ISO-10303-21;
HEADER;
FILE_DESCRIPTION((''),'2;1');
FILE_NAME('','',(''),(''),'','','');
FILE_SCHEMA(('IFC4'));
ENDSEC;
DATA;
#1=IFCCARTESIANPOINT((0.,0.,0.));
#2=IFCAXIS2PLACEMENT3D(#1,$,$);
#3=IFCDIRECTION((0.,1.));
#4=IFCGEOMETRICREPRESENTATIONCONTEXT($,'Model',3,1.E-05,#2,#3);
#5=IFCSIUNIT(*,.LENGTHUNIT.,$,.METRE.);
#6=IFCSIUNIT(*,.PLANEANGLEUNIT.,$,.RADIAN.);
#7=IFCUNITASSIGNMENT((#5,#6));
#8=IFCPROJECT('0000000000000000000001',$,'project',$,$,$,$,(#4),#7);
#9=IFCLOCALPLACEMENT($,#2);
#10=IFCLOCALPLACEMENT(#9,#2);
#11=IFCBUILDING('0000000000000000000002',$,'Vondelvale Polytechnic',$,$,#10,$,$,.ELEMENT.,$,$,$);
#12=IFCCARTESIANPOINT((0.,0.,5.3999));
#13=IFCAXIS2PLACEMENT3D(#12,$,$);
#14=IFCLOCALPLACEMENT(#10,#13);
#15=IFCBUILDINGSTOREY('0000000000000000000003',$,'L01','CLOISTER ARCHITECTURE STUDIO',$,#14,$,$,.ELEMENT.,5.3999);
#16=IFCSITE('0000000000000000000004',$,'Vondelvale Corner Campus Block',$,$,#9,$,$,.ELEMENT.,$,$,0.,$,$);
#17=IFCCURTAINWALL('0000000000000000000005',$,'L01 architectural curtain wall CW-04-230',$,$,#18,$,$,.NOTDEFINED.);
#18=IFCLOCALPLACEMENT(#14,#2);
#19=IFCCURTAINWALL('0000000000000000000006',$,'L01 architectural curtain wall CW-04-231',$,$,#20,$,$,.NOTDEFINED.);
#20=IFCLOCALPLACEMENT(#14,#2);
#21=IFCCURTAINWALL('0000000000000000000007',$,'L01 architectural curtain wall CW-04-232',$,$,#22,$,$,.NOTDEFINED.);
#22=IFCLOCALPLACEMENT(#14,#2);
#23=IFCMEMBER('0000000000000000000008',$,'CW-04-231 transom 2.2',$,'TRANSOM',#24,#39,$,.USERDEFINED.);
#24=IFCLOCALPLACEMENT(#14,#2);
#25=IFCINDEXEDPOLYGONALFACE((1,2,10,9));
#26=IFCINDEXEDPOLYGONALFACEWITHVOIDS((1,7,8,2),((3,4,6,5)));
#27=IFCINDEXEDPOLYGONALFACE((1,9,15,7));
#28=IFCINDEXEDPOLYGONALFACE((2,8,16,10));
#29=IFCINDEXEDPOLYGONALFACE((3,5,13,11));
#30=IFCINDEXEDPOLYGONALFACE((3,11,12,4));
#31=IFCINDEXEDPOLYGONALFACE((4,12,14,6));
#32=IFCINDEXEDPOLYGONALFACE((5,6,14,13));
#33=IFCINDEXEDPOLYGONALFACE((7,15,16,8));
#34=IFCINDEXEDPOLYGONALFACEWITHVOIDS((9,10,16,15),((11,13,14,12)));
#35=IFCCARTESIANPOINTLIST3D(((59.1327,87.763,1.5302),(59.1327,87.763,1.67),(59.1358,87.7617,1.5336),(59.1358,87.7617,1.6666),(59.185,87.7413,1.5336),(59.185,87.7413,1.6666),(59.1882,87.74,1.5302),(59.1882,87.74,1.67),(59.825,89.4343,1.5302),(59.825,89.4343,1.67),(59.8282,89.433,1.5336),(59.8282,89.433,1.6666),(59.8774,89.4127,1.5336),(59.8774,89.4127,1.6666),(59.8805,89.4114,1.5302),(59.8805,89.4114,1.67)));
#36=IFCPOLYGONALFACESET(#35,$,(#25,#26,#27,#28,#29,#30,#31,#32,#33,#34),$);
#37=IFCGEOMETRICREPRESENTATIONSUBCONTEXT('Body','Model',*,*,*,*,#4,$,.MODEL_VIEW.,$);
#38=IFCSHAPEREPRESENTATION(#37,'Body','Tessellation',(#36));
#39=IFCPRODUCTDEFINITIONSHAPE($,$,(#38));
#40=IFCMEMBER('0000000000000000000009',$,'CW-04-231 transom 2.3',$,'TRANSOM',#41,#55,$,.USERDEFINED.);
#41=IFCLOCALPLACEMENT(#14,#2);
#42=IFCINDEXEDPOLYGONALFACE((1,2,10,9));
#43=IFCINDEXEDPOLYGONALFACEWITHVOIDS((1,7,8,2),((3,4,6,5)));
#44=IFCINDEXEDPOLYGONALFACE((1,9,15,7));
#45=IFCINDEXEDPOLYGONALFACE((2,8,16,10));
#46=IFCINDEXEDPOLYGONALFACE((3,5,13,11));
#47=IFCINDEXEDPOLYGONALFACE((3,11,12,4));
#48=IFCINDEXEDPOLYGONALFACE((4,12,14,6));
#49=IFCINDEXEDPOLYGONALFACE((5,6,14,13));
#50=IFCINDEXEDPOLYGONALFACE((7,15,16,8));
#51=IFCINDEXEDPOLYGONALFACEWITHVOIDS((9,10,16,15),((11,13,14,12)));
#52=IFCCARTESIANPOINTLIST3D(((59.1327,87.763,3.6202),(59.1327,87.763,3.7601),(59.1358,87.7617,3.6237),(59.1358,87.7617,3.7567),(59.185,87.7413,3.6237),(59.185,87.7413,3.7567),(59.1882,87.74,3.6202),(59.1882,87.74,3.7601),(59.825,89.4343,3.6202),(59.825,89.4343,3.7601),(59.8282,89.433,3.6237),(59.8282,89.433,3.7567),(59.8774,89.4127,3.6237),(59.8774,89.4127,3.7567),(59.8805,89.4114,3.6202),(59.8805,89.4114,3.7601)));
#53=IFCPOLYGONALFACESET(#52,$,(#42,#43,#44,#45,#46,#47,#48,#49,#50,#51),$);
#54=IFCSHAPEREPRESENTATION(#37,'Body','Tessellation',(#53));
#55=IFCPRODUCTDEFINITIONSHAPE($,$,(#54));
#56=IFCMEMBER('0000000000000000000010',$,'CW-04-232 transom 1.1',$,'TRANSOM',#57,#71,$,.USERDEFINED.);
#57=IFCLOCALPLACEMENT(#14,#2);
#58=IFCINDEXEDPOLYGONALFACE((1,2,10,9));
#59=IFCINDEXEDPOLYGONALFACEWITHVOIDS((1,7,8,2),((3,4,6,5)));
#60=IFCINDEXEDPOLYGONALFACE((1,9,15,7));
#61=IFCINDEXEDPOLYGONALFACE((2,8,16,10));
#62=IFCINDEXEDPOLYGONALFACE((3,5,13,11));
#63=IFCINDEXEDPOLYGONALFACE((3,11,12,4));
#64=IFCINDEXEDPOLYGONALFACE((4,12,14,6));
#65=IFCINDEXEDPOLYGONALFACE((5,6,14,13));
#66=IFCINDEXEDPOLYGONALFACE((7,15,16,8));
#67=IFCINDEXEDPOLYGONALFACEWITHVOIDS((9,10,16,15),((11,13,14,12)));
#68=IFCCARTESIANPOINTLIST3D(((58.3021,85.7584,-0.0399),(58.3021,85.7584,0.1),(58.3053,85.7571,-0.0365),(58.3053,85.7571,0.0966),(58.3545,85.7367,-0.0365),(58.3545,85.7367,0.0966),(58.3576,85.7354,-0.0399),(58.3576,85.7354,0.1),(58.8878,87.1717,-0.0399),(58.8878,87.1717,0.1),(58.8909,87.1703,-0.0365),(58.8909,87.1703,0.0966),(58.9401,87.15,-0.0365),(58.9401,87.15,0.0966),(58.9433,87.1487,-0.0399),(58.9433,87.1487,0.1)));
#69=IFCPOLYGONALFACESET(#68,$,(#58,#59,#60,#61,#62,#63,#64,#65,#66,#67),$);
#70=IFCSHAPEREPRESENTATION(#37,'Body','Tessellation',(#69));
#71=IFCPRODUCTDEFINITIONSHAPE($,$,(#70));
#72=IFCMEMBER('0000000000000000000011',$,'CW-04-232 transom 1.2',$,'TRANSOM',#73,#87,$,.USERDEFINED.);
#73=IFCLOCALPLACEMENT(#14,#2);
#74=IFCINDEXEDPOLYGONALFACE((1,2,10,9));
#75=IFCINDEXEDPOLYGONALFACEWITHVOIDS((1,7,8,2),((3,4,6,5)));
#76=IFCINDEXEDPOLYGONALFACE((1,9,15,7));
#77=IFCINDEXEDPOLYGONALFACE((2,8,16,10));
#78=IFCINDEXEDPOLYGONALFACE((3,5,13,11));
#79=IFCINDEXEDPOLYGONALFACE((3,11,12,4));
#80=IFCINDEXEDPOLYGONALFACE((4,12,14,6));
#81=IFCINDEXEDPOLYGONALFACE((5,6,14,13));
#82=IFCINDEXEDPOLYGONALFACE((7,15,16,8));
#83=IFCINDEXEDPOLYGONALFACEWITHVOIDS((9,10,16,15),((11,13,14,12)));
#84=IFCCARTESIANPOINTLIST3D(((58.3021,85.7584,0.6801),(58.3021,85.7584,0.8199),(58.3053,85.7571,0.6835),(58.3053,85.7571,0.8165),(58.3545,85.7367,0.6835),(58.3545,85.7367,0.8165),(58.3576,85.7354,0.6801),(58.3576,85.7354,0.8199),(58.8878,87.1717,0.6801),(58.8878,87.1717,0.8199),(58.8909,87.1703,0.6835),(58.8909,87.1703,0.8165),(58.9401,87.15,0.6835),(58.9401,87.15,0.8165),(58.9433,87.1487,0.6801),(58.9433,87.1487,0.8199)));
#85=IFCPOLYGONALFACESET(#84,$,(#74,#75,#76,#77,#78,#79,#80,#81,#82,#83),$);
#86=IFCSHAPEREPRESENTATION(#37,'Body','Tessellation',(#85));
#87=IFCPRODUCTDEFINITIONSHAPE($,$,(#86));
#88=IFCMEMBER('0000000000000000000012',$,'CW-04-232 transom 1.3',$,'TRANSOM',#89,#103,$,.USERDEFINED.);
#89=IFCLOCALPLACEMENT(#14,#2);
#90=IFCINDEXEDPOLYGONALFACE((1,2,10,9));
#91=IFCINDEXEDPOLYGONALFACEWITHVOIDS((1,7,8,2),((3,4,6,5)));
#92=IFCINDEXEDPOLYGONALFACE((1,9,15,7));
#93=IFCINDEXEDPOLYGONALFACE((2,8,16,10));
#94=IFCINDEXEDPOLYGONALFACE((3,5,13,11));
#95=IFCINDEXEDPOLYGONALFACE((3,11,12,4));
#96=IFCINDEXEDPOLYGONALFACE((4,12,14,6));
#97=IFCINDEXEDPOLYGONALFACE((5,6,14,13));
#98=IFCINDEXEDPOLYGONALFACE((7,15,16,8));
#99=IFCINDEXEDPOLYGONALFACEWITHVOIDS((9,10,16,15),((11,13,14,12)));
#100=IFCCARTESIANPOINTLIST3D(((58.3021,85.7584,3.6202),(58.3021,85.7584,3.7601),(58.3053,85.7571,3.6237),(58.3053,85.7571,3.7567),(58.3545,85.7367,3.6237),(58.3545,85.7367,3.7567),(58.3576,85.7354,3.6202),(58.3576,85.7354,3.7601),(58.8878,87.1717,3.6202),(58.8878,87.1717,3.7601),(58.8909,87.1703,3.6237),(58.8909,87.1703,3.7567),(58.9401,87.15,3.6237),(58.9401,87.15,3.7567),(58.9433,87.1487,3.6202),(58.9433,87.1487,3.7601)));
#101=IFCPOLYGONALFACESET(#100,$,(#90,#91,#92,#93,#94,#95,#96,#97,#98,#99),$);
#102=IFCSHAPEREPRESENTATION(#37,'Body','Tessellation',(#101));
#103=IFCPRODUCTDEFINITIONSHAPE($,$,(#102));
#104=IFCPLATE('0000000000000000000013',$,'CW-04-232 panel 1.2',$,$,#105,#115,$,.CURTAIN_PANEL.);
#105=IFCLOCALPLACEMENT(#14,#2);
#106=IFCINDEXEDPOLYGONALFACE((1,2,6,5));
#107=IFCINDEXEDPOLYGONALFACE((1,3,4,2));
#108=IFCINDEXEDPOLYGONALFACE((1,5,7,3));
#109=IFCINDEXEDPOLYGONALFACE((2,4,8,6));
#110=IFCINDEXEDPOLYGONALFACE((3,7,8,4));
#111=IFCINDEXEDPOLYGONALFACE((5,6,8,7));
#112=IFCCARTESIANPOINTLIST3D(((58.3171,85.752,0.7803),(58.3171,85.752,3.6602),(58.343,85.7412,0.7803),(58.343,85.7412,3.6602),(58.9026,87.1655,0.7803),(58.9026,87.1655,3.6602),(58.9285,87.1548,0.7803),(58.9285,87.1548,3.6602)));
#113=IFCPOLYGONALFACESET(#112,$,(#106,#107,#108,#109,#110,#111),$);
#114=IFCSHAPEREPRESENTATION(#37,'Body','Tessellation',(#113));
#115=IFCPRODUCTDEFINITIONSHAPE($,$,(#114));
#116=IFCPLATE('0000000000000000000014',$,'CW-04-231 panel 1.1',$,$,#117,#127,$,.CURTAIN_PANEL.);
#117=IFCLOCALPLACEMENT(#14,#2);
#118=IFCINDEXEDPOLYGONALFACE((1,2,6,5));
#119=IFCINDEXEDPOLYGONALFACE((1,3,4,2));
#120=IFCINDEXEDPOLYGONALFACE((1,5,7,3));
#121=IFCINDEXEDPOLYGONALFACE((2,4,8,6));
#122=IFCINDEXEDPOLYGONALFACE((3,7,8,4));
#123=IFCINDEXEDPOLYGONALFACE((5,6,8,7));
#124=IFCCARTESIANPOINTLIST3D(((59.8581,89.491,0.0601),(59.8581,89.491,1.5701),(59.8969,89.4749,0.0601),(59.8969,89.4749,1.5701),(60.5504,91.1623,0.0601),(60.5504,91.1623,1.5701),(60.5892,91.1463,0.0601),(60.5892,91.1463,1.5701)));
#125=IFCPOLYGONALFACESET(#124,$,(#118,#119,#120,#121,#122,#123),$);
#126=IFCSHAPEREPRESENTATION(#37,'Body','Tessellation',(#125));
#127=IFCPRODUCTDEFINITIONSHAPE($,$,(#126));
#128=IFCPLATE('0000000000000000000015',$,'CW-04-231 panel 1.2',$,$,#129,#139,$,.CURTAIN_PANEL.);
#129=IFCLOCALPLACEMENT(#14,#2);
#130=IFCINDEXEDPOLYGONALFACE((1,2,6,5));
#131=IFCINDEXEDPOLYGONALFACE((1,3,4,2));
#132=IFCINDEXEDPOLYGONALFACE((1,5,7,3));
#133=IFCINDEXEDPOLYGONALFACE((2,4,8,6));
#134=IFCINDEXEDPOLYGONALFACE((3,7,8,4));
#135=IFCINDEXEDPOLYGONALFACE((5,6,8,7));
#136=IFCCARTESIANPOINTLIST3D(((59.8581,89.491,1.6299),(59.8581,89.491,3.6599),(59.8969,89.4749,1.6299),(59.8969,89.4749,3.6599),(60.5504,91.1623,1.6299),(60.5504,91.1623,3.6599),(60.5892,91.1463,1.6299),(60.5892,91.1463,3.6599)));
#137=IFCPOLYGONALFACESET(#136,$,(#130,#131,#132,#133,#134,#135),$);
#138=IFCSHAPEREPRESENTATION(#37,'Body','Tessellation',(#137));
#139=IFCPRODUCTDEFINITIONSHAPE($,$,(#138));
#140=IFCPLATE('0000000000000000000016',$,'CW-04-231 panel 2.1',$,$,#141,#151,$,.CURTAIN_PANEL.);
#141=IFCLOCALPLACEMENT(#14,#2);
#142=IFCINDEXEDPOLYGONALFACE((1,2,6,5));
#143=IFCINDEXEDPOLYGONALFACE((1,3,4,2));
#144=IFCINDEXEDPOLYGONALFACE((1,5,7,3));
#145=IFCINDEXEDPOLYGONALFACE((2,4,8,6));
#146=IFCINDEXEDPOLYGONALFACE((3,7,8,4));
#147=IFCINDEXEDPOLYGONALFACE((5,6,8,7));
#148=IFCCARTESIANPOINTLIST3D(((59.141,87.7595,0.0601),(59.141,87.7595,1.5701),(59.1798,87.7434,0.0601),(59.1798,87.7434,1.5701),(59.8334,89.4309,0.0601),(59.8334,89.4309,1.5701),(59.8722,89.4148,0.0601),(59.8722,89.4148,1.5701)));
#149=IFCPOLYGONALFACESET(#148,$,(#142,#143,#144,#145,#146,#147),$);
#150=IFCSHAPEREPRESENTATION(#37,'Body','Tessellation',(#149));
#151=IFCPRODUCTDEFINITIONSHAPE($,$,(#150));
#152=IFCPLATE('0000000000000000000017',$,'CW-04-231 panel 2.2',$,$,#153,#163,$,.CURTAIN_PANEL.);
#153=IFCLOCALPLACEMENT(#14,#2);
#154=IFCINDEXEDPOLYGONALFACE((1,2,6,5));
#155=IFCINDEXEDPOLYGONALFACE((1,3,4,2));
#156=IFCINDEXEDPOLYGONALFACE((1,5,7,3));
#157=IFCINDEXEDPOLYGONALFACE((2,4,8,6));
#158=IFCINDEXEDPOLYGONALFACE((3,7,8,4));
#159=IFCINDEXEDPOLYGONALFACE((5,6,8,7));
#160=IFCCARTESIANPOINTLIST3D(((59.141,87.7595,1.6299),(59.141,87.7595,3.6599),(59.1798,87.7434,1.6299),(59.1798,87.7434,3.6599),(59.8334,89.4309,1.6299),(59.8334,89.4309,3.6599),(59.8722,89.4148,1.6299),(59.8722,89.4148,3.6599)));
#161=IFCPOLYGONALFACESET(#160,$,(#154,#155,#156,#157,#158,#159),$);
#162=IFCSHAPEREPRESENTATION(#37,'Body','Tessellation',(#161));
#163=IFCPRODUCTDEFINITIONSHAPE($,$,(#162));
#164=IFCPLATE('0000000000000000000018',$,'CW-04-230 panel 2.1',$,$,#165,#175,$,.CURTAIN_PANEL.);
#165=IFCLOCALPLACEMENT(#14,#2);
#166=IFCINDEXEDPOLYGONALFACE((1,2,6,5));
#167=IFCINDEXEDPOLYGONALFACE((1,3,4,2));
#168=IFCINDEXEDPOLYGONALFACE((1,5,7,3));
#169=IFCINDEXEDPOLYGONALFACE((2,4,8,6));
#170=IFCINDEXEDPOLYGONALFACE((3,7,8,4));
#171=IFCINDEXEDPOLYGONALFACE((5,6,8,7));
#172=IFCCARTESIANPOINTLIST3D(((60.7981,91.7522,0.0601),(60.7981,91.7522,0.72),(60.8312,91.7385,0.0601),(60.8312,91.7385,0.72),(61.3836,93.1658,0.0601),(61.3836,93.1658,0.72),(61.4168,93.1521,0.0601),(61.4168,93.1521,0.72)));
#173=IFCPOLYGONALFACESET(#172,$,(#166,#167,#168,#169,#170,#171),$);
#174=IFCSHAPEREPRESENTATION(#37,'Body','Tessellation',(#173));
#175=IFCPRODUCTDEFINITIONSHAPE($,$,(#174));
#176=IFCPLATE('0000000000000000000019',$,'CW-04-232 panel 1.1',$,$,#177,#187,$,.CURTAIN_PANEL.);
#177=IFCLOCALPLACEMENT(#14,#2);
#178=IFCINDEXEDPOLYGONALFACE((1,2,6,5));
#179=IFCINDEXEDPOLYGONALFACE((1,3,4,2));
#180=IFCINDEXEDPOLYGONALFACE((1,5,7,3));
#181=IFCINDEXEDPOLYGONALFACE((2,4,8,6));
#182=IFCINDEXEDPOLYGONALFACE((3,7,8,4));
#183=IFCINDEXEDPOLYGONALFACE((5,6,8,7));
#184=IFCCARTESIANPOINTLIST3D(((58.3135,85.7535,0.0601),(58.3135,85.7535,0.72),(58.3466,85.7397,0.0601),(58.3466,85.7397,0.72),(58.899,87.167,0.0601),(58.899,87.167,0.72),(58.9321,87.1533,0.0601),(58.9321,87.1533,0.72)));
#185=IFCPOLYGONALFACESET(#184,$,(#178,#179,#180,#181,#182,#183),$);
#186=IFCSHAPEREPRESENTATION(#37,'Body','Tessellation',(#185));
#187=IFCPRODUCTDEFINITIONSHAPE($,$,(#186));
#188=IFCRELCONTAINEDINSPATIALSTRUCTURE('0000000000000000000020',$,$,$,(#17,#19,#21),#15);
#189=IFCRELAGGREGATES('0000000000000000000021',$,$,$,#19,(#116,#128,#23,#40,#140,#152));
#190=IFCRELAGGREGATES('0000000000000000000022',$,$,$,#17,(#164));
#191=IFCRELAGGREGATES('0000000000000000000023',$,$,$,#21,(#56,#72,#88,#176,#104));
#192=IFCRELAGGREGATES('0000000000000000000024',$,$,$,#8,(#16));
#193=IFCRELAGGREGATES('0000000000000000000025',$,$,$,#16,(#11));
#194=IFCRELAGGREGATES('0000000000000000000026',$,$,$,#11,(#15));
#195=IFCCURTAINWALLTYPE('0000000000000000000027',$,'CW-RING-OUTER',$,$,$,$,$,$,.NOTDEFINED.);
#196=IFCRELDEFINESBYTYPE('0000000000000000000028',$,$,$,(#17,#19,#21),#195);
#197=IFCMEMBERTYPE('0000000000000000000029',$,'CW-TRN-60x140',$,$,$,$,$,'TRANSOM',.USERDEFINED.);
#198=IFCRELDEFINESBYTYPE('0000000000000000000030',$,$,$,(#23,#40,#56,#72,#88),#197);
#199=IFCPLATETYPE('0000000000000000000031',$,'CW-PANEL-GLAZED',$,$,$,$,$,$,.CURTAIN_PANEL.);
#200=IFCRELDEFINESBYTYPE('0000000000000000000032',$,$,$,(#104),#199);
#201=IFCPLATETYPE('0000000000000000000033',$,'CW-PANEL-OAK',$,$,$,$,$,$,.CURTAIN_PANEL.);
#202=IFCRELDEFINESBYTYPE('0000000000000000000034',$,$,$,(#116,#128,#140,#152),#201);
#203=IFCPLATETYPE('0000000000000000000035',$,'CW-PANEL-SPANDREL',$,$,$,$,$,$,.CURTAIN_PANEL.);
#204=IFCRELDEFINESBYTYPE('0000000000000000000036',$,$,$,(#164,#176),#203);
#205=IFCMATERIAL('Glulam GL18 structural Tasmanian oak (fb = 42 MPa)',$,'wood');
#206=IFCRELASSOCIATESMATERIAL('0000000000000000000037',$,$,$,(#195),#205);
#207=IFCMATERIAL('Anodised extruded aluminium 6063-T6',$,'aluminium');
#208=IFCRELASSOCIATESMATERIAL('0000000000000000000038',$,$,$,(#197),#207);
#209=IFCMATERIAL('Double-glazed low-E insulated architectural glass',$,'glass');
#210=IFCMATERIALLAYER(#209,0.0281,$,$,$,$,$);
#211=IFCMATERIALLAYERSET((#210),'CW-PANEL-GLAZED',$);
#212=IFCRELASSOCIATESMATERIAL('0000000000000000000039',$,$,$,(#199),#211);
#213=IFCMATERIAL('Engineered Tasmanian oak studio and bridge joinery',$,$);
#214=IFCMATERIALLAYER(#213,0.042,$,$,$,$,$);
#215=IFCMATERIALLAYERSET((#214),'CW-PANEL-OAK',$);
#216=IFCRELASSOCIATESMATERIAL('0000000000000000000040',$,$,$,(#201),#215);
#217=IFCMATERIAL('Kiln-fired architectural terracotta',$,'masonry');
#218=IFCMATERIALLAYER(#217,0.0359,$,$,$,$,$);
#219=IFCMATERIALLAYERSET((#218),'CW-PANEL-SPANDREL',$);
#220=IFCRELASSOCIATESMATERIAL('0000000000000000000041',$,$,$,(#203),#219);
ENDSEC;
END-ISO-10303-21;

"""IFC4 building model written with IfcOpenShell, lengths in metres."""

from ifc_helpers import new_model, si_unit, direction, frame, origin, origin_2d, place, context, subcontext, project, spatial, rectangle, hollow_rectangle, extrude, material, layer, layer_set, material_profile, profile_set, type_object, element, aggregate, save


model = new_model("IFC4")

# Units and contexts
model_context = context("Model", 3, precision=1e-05, world=origin(), true_north=direction((0.0, 1.0)))
body_context = subcontext(model_context, "Body", "Model", "MODEL_VIEW")
ifc_project = project(units=[si_unit("LENGTHUNIT", "METRE"), si_unit("PLANEANGLEUNIT", "RADIAN")], contexts=[model_context])

# Site, building, storey
site_placement = place(None, origin())
site = spatial("IfcSite", under=ifc_project, at=site_placement, Name="Vondelvale Corner Campus Block", CompositionType="ELEMENT", RefElevation=0.0)
building_placement = place(site_placement, origin())
building = spatial("IfcBuilding", under=site, at=building_placement, Name="Vondelvale Polytechnic", CompositionType="ELEMENT")
storey_placement = place(building_placement, frame((0.0, 0.0, 5.3999)))
storey = spatial("IfcBuildingStorey", under=building, at=storey_placement, Name="L01", Description="CLOISTER ARCHITECTURE STUDIO", CompositionType="ELEMENT", Elevation=5.3999)

# Shared definitions
ifc_material_1 = material(Name="Glulam GL18 structural Tasmanian oak (fb = 42 MPa)", Category="wood")

# Curtain wall
curtain_wall_type = type_object("IfcCurtainWallType", Name="CW-RING-OUTER", PredefinedType="NOTDEFINED", material=ifc_material_1)
curtain_wall_1_placement = place(storey_placement, origin())
curtain_wall_1 = element("IfcCurtainWall", 1, at=curtain_wall_1_placement, inside=storey, type_object=curtain_wall_type, Name="L01 architectural curtain wall CW-04-230", PredefinedType="NOTDEFINED")
ifc_material_2 = material(Name="Anodised extruded aluminium 6063-T6", Category="aluminium")

# Curtain wall
curtain_wall_2_placement = place(storey_placement, origin())
curtain_wall_2 = element("IfcCurtainWall", 2, at=curtain_wall_2_placement, inside=storey, type_object=curtain_wall_type, Name="L01 architectural curtain wall CW-04-231", PredefinedType="NOTDEFINED")

# Curtain wall
curtain_wall_3_placement = place(storey_placement, origin())
curtain_wall_3 = element("IfcCurtainWall", 3, at=curtain_wall_3_placement, inside=storey, type_object=curtain_wall_type, Name="L01 architectural curtain wall CW-04-232", PredefinedType="NOTDEFINED")

# Members
ifc_material_profile_1 = material_profile(ifc_material_2, hollow_rectangle(XDim=0.0601, YDim=0.1399, WallThickness=0.0034, at=origin_2d()), Name="CW-TRN-140x60")
ifc_profile_set_1 = profile_set([ifc_material_profile_1], Name="Anodised extruded aluminium 6063-T6")
member_type_1 = type_object("IfcMemberType", Name="CW-TRN-60x140", ElementType="TRANSOM", PredefinedType="USERDEFINED", material=ifc_profile_set_1)
member_1_placement = place(storey_placement, frame((59.8528, 89.4229, 1.6001), z_axis=(-0.382717, -0.923866, 0.0), x_axis=(0.923866, -0.382717, 0.0)))
member_1 = element("IfcMember", 4, at=member_1_placement, type_object=member_type_1, Name="CW-04-231 transom 2.2", ObjectType="TRANSOM", PredefinedType="USERDEFINED", context=body_context, shape_type="SweptSolid", body=[
    extrude(hollow_rectangle(XDim=0.0601, YDim=0.1399, WallThickness=0.0034, at=origin_2d()), origin(), (0.0, 0.0, 1.0), 1.8091),
])
member_2_placement = place(storey_placement, frame((59.8528, 89.4229, 3.6902), z_axis=(-0.382717, -0.923866, 0.0), x_axis=(0.923866, -0.382717, 0.0)))
member_2 = element("IfcMember", 5, at=member_2_placement, type_object=member_type_1, Name="CW-04-231 transom 2.3", ObjectType="TRANSOM", PredefinedType="USERDEFINED", context=body_context, shape_type="SweptSolid", body=[
    extrude(hollow_rectangle(XDim=0.0601, YDim=0.1399, WallThickness=0.0034, at=origin_2d()), origin(), (0.0, 0.0, 1.0), 1.8091),
])
member_3_placement = place(storey_placement, frame((58.9155, 87.1602, 0.03), z_axis=(-0.382836, -0.923816, 0.0), x_axis=(0.923816, -0.382836, 0.0)))
member_3 = element("IfcMember", 6, at=member_3_placement, type_object=member_type_1, Name="CW-04-232 transom 1.1", ObjectType="TRANSOM", PredefinedType="USERDEFINED", context=body_context, shape_type="SweptSolid", body=[
    extrude(hollow_rectangle(XDim=0.0601, YDim=0.1399, WallThickness=0.0034, at=origin_2d()), origin(), (0.0, 0.0, 1.0), 1.5298),
])
member_4_placement = place(storey_placement, frame((58.9155, 87.1602, 0.75), z_axis=(-0.382836, -0.923816, 0.0), x_axis=(0.923816, -0.382836, 0.0)))
member_4 = element("IfcMember", 7, at=member_4_placement, type_object=member_type_1, Name="CW-04-232 transom 1.2", ObjectType="TRANSOM", PredefinedType="USERDEFINED", context=body_context, shape_type="SweptSolid", body=[
    extrude(hollow_rectangle(XDim=0.0601, YDim=0.1399, WallThickness=0.0034, at=origin_2d()), origin(), (0.0, 0.0, 1.0), 1.5298),
])
member_5_placement = place(storey_placement, frame((58.9155, 87.1602, 3.6902), z_axis=(-0.382836, -0.923816, 0.0), x_axis=(0.923816, -0.382836, 0.0)))
member_5 = element("IfcMember", 8, at=member_5_placement, type_object=member_type_1, Name="CW-04-232 transom 1.3", ObjectType="TRANSOM", PredefinedType="USERDEFINED", context=body_context, shape_type="SweptSolid", body=[
    extrude(hollow_rectangle(XDim=0.0601, YDim=0.1399, WallThickness=0.0034, at=origin_2d()), origin(), (0.0, 0.0, 1.0), 1.5298),
])

# Plates
ifc_material_3 = material(Name="Double-glazed low-E insulated architectural glass", Category="glass")
ifc_layer_1 = layer(ifc_material_3, 0.0281)
ifc_layer_set_1 = layer_set([ifc_layer_1], Name="CW-PANEL-GLAZED")
plate_type_1 = type_object("IfcPlateType", Name="CW-PANEL-GLAZED", PredefinedType="CURTAIN_PANEL", material=ifc_layer_set_1)
plate_1_placement = place(storey_placement, frame((58.6228, 86.4534, 0.7803), z_axis=(0.0, 0.0, 1.0), x_axis=(-0.382677, -0.923882, 0.0)))
plate_1 = element("IfcPlate", 9, at=plate_1_placement, type_object=plate_type_1, Name="CW-04-232 panel 1.2", PredefinedType="CURTAIN_PANEL", context=body_context, shape_type="SweptSolid", body=[
    extrude(rectangle(XDim=1.53, YDim=0.0281, at=origin_2d()), origin(), (0.0, 0.0, 1.0), 2.8799),
])
ifc_material_4 = material(Name="Engineered Tasmanian oak studio and bridge joinery")
ifc_layer_2 = layer(ifc_material_4, 0.042)
ifc_layer_set_2 = layer_set([ifc_layer_2], Name="CW-PANEL-OAK")
plate_type_2 = type_object("IfcPlateType", Name="CW-PANEL-OAK", PredefinedType="CURTAIN_PANEL", material=ifc_layer_set_2)
plate_2_placement = place(storey_placement, frame((60.2236, 90.3186, 0.0601), z_axis=(0.0, 0.0, 1.0), x_axis=(-0.382695, -0.923875, 0.0)))
plate_2 = element("IfcPlate", 10, at=plate_2_placement, type_object=plate_type_2, Name="CW-04-231 panel 1.1", PredefinedType="CURTAIN_PANEL", context=body_context, shape_type="SweptSolid", body=[
    extrude(rectangle(XDim=1.8091, YDim=0.042, at=origin_2d()), origin(), (0.0, 0.0, 1.0), 1.51),
])
plate_3_placement = place(storey_placement, frame((60.2236, 90.3186, 1.6299), z_axis=(0.0, 0.0, 1.0), x_axis=(-0.382695, -0.923875, 0.0)))
plate_3 = element("IfcPlate", 11, at=plate_3_placement, type_object=plate_type_2, Name="CW-04-231 panel 1.2", PredefinedType="CURTAIN_PANEL", context=body_context, shape_type="SweptSolid", body=[
    extrude(rectangle(XDim=1.8091, YDim=0.042, at=origin_2d()), origin(), (0.0, 0.0, 1.0), 2.03),
])
plate_4_placement = place(storey_placement, frame((59.5066, 88.5872, 0.0601), z_axis=(0.0, 0.0, 1.0), x_axis=(-0.382695, -0.923875, 0.0)))
plate_4 = element("IfcPlate", 12, at=plate_4_placement, type_object=plate_type_2, Name="CW-04-231 panel 2.1", PredefinedType="CURTAIN_PANEL", context=body_context, shape_type="SweptSolid", body=[
    extrude(rectangle(XDim=1.8091, YDim=0.042, at=origin_2d()), origin(), (0.0, 0.0, 1.0), 1.51),
])
plate_5_placement = place(storey_placement, frame((59.5066, 88.5872, 1.6299), z_axis=(0.0, 0.0, 1.0), x_axis=(-0.382695, -0.923875, 0.0)))
plate_5 = element("IfcPlate", 13, at=plate_5_placement, type_object=plate_type_2, Name="CW-04-231 panel 2.2", PredefinedType="CURTAIN_PANEL", context=body_context, shape_type="SweptSolid", body=[
    extrude(rectangle(XDim=1.8091, YDim=0.042, at=origin_2d()), origin(), (0.0, 0.0, 1.0), 2.03),
])
aggregate(curtain_wall_2, [plate_2, plate_3, member_1, member_2, plate_4, plate_5])
ifc_material_5 = material(Name="Kiln-fired architectural terracotta", Category="masonry")
ifc_layer_3 = layer(ifc_material_5, 0.0359)
ifc_layer_set_3 = layer_set([ifc_layer_3], Name="CW-PANEL-SPANDREL")
plate_type_3 = type_object("IfcPlateType", Name="CW-PANEL-SPANDREL", PredefinedType="CURTAIN_PANEL", material=ifc_layer_set_3)
plate_6_placement = place(storey_placement, frame((61.1074, 92.4521, 0.0601), z_axis=(0.0, 0.0, 1.0), x_axis=(-0.382677, -0.923882, 0.0)))
plate_6 = element("IfcPlate", 14, at=plate_6_placement, type_object=plate_type_3, Name="CW-04-230 panel 2.1", PredefinedType="CURTAIN_PANEL", context=body_context, shape_type="SweptSolid", body=[
    extrude(rectangle(XDim=1.53, YDim=0.0359, at=origin_2d()), origin(), (0.0, 0.0, 1.0), 0.6599),
])
aggregate(curtain_wall_1, [plate_6])
plate_7_placement = place(storey_placement, frame((58.6228, 86.4534, 0.0601), z_axis=(0.0, 0.0, 1.0), x_axis=(-0.382677, -0.923882, 0.0)))
plate_7 = element("IfcPlate", 15, at=plate_7_placement, type_object=plate_type_3, Name="CW-04-232 panel 1.1", PredefinedType="CURTAIN_PANEL", context=body_context, shape_type="SweptSolid", body=[
    extrude(rectangle(XDim=1.53, YDim=0.0359, at=origin_2d()), origin(), (0.0, 0.0, 1.0), 0.6599),
])
aggregate(curtain_wall_3, [member_3, member_4, member_5, plate_7, plate_1])

save(model, "model.ifc")
